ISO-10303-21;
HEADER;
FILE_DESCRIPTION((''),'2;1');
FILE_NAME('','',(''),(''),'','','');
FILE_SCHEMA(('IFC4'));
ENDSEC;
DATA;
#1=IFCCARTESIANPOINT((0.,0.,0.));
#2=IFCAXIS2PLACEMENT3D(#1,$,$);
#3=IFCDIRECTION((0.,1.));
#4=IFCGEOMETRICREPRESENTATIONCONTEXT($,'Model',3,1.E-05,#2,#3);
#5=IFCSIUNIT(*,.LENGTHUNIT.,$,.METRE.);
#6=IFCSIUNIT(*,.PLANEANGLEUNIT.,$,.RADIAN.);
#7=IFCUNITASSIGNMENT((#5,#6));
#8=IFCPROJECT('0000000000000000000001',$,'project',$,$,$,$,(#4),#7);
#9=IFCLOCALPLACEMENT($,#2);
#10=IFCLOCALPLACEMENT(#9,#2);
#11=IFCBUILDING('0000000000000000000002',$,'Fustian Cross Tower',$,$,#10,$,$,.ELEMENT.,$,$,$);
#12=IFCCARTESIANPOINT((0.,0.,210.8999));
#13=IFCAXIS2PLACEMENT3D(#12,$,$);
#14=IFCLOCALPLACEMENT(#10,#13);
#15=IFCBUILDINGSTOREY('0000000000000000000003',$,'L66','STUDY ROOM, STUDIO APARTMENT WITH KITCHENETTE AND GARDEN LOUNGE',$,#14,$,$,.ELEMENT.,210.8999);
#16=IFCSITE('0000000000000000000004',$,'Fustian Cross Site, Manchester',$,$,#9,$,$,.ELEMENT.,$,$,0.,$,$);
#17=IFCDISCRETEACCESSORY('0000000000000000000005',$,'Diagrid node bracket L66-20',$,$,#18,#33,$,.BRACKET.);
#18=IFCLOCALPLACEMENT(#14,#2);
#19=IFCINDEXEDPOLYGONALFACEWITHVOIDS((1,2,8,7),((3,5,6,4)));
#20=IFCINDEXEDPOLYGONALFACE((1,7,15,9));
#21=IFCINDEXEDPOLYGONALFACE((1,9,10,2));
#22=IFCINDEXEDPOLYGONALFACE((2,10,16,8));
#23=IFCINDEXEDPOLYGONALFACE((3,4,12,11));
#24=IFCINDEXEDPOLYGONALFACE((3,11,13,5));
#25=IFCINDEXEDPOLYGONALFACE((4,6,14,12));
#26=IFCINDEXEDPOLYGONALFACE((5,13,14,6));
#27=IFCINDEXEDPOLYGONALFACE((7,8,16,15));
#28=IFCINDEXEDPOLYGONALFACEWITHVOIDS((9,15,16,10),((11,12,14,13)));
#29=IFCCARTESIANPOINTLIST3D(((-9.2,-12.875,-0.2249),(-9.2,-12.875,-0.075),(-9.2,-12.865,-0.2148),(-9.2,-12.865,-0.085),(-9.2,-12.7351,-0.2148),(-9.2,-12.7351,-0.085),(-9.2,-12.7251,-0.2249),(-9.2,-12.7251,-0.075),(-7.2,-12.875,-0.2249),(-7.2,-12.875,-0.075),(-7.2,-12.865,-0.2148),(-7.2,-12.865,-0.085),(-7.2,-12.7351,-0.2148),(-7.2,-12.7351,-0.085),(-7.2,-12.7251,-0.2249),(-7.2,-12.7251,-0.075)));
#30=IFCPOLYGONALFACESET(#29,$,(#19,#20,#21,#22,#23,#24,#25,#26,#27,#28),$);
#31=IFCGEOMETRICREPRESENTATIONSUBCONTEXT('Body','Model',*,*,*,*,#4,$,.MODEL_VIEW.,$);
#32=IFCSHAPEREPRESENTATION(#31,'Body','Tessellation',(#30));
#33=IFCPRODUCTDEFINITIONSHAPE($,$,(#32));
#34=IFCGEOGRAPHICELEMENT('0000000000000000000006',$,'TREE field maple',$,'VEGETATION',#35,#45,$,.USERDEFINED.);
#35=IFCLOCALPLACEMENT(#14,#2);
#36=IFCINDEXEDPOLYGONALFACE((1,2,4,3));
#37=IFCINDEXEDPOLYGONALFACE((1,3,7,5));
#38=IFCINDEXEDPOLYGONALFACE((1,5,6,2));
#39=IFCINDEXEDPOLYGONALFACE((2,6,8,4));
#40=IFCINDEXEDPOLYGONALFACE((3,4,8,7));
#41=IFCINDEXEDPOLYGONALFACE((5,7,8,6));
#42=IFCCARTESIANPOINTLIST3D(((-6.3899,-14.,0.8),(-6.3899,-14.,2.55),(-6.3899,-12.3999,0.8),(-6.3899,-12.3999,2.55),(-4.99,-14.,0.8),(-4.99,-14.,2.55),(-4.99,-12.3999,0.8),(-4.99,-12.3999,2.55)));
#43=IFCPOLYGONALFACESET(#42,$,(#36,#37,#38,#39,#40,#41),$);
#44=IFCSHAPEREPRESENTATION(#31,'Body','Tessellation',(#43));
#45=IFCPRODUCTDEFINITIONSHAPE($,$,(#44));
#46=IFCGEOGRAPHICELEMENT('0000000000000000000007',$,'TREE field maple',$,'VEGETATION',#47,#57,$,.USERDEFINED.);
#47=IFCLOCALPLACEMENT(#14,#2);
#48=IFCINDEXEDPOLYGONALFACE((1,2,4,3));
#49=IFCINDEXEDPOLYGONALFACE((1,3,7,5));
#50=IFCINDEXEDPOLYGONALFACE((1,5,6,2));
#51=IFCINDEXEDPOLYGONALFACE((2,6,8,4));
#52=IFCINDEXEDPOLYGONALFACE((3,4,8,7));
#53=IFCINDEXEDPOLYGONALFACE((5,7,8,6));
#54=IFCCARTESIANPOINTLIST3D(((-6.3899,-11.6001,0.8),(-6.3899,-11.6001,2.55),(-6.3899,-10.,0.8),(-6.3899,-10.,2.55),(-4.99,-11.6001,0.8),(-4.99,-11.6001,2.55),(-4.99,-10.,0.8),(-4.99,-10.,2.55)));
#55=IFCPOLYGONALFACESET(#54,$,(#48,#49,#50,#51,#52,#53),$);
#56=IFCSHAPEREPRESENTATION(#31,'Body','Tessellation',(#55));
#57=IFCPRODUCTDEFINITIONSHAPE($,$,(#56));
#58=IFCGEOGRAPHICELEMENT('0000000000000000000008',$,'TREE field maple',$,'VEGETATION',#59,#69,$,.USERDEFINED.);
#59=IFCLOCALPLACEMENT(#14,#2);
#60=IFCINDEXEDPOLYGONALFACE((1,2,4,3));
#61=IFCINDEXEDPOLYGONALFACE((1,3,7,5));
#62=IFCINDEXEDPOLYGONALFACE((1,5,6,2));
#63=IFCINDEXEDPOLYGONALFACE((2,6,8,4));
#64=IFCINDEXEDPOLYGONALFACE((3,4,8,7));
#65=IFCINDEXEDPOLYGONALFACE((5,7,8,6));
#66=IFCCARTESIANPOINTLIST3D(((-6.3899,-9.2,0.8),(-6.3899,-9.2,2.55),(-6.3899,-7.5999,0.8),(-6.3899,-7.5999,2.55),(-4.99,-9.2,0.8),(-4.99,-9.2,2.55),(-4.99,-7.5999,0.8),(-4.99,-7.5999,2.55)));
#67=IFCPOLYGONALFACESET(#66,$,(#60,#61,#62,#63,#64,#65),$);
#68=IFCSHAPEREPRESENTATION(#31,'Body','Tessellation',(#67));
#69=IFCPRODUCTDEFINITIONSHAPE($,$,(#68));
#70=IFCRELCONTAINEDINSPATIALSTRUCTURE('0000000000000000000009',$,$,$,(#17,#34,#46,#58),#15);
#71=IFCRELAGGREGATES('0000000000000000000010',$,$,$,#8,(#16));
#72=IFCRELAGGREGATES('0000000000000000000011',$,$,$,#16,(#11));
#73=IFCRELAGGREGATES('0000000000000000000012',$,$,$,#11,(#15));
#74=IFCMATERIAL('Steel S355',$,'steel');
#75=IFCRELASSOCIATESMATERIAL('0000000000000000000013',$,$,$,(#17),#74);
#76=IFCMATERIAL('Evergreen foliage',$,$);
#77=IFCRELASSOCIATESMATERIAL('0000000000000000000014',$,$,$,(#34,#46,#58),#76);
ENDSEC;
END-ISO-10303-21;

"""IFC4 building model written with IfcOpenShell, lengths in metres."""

from ifc_helpers import new_model, si_unit, direction, frame, origin, origin_2d, place, context, subcontext, project, spatial, rectangle, hollow_rectangle, extrude, material, element, save


model = new_model("IFC4")

# Units and contexts
model_context = context("Model", 3, precision=1e-05, world=origin(), true_north=direction((0.0, 1.0)))
body_context = subcontext(model_context, "Body", "Model", "MODEL_VIEW")
ifc_project = project(units=[si_unit("LENGTHUNIT", "METRE"), si_unit("PLANEANGLEUNIT", "RADIAN")], contexts=[model_context])

# Site, building, storey
site_placement = place(None, origin())
site = spatial("IfcSite", under=ifc_project, at=site_placement, Name="Fustian Cross Site, Manchester", CompositionType="ELEMENT", RefElevation=0.0)
building_placement = place(site_placement, origin())
building = spatial("IfcBuilding", under=site, at=building_placement, Name="Fustian Cross Tower", CompositionType="ELEMENT")
storey_placement = place(building_placement, frame((0.0, 0.0, 210.8999)))
storey = spatial("IfcBuildingStorey", under=building, at=storey_placement, Name="L66", Description="STUDY ROOM, STUDIO APARTMENT WITH KITCHENETTE AND GARDEN LOUNGE", CompositionType="ELEMENT", Elevation=210.8999)

# Discrete accessory
ifc_material_1 = material(Name="Steel S355", Category="steel")
discrete_accessory_placement = place(storey_placement, frame((-9.2, -12.8, -0.1499), z_axis=(1.0, 0.0, 0.0), x_axis=(0.0, 1.0, 0.0)))
element("IfcDiscreteAccessory", 1, at=discrete_accessory_placement, inside=storey, material=ifc_material_1, Name="Diagrid node bracket L66-20", PredefinedType="BRACKET", context=body_context, shape_type="SweptSolid", body=[
    extrude(hollow_rectangle(XDim=0.1499, YDim=0.1499, WallThickness=0.01, at=origin_2d()), origin(), (0.0, 0.0, 1.0), 2.0),
])

# Geographic elements
ifc_material_2 = material(Name="Evergreen foliage")
for number, where, z_axis, x_axis, name in (
    (2, (-5.6899, -13.2, 0.8), (0.0, 0.0, 1.0), (1.0, 0.0, 0.0), "TREE field maple"),
    (3, (-5.6899, -10.8, 0.8), (0.0, 0.0, 1.0), (1.0, 0.0, 0.0), "TREE field maple"),
    (4, (-5.6899, -8.3999, 0.8), (0.0, 0.0, 1.0), (1.0, 0.0, 0.0), "TREE field maple"),
):
    element("IfcGeographicElement", number, at=place(storey_placement, frame(where, z_axis=z_axis, x_axis=x_axis)), inside=storey, material=ifc_material_2, Name=name, ObjectType="VEGETATION", PredefinedType="USERDEFINED", context=body_context, shape_type="SweptSolid", body=[
        extrude(rectangle(XDim=1.3999, YDim=1.6001, at=origin_2d()), origin(), (0.0, 0.0, 1.0), 1.75),
    ])

save(model, "model.ifc")
